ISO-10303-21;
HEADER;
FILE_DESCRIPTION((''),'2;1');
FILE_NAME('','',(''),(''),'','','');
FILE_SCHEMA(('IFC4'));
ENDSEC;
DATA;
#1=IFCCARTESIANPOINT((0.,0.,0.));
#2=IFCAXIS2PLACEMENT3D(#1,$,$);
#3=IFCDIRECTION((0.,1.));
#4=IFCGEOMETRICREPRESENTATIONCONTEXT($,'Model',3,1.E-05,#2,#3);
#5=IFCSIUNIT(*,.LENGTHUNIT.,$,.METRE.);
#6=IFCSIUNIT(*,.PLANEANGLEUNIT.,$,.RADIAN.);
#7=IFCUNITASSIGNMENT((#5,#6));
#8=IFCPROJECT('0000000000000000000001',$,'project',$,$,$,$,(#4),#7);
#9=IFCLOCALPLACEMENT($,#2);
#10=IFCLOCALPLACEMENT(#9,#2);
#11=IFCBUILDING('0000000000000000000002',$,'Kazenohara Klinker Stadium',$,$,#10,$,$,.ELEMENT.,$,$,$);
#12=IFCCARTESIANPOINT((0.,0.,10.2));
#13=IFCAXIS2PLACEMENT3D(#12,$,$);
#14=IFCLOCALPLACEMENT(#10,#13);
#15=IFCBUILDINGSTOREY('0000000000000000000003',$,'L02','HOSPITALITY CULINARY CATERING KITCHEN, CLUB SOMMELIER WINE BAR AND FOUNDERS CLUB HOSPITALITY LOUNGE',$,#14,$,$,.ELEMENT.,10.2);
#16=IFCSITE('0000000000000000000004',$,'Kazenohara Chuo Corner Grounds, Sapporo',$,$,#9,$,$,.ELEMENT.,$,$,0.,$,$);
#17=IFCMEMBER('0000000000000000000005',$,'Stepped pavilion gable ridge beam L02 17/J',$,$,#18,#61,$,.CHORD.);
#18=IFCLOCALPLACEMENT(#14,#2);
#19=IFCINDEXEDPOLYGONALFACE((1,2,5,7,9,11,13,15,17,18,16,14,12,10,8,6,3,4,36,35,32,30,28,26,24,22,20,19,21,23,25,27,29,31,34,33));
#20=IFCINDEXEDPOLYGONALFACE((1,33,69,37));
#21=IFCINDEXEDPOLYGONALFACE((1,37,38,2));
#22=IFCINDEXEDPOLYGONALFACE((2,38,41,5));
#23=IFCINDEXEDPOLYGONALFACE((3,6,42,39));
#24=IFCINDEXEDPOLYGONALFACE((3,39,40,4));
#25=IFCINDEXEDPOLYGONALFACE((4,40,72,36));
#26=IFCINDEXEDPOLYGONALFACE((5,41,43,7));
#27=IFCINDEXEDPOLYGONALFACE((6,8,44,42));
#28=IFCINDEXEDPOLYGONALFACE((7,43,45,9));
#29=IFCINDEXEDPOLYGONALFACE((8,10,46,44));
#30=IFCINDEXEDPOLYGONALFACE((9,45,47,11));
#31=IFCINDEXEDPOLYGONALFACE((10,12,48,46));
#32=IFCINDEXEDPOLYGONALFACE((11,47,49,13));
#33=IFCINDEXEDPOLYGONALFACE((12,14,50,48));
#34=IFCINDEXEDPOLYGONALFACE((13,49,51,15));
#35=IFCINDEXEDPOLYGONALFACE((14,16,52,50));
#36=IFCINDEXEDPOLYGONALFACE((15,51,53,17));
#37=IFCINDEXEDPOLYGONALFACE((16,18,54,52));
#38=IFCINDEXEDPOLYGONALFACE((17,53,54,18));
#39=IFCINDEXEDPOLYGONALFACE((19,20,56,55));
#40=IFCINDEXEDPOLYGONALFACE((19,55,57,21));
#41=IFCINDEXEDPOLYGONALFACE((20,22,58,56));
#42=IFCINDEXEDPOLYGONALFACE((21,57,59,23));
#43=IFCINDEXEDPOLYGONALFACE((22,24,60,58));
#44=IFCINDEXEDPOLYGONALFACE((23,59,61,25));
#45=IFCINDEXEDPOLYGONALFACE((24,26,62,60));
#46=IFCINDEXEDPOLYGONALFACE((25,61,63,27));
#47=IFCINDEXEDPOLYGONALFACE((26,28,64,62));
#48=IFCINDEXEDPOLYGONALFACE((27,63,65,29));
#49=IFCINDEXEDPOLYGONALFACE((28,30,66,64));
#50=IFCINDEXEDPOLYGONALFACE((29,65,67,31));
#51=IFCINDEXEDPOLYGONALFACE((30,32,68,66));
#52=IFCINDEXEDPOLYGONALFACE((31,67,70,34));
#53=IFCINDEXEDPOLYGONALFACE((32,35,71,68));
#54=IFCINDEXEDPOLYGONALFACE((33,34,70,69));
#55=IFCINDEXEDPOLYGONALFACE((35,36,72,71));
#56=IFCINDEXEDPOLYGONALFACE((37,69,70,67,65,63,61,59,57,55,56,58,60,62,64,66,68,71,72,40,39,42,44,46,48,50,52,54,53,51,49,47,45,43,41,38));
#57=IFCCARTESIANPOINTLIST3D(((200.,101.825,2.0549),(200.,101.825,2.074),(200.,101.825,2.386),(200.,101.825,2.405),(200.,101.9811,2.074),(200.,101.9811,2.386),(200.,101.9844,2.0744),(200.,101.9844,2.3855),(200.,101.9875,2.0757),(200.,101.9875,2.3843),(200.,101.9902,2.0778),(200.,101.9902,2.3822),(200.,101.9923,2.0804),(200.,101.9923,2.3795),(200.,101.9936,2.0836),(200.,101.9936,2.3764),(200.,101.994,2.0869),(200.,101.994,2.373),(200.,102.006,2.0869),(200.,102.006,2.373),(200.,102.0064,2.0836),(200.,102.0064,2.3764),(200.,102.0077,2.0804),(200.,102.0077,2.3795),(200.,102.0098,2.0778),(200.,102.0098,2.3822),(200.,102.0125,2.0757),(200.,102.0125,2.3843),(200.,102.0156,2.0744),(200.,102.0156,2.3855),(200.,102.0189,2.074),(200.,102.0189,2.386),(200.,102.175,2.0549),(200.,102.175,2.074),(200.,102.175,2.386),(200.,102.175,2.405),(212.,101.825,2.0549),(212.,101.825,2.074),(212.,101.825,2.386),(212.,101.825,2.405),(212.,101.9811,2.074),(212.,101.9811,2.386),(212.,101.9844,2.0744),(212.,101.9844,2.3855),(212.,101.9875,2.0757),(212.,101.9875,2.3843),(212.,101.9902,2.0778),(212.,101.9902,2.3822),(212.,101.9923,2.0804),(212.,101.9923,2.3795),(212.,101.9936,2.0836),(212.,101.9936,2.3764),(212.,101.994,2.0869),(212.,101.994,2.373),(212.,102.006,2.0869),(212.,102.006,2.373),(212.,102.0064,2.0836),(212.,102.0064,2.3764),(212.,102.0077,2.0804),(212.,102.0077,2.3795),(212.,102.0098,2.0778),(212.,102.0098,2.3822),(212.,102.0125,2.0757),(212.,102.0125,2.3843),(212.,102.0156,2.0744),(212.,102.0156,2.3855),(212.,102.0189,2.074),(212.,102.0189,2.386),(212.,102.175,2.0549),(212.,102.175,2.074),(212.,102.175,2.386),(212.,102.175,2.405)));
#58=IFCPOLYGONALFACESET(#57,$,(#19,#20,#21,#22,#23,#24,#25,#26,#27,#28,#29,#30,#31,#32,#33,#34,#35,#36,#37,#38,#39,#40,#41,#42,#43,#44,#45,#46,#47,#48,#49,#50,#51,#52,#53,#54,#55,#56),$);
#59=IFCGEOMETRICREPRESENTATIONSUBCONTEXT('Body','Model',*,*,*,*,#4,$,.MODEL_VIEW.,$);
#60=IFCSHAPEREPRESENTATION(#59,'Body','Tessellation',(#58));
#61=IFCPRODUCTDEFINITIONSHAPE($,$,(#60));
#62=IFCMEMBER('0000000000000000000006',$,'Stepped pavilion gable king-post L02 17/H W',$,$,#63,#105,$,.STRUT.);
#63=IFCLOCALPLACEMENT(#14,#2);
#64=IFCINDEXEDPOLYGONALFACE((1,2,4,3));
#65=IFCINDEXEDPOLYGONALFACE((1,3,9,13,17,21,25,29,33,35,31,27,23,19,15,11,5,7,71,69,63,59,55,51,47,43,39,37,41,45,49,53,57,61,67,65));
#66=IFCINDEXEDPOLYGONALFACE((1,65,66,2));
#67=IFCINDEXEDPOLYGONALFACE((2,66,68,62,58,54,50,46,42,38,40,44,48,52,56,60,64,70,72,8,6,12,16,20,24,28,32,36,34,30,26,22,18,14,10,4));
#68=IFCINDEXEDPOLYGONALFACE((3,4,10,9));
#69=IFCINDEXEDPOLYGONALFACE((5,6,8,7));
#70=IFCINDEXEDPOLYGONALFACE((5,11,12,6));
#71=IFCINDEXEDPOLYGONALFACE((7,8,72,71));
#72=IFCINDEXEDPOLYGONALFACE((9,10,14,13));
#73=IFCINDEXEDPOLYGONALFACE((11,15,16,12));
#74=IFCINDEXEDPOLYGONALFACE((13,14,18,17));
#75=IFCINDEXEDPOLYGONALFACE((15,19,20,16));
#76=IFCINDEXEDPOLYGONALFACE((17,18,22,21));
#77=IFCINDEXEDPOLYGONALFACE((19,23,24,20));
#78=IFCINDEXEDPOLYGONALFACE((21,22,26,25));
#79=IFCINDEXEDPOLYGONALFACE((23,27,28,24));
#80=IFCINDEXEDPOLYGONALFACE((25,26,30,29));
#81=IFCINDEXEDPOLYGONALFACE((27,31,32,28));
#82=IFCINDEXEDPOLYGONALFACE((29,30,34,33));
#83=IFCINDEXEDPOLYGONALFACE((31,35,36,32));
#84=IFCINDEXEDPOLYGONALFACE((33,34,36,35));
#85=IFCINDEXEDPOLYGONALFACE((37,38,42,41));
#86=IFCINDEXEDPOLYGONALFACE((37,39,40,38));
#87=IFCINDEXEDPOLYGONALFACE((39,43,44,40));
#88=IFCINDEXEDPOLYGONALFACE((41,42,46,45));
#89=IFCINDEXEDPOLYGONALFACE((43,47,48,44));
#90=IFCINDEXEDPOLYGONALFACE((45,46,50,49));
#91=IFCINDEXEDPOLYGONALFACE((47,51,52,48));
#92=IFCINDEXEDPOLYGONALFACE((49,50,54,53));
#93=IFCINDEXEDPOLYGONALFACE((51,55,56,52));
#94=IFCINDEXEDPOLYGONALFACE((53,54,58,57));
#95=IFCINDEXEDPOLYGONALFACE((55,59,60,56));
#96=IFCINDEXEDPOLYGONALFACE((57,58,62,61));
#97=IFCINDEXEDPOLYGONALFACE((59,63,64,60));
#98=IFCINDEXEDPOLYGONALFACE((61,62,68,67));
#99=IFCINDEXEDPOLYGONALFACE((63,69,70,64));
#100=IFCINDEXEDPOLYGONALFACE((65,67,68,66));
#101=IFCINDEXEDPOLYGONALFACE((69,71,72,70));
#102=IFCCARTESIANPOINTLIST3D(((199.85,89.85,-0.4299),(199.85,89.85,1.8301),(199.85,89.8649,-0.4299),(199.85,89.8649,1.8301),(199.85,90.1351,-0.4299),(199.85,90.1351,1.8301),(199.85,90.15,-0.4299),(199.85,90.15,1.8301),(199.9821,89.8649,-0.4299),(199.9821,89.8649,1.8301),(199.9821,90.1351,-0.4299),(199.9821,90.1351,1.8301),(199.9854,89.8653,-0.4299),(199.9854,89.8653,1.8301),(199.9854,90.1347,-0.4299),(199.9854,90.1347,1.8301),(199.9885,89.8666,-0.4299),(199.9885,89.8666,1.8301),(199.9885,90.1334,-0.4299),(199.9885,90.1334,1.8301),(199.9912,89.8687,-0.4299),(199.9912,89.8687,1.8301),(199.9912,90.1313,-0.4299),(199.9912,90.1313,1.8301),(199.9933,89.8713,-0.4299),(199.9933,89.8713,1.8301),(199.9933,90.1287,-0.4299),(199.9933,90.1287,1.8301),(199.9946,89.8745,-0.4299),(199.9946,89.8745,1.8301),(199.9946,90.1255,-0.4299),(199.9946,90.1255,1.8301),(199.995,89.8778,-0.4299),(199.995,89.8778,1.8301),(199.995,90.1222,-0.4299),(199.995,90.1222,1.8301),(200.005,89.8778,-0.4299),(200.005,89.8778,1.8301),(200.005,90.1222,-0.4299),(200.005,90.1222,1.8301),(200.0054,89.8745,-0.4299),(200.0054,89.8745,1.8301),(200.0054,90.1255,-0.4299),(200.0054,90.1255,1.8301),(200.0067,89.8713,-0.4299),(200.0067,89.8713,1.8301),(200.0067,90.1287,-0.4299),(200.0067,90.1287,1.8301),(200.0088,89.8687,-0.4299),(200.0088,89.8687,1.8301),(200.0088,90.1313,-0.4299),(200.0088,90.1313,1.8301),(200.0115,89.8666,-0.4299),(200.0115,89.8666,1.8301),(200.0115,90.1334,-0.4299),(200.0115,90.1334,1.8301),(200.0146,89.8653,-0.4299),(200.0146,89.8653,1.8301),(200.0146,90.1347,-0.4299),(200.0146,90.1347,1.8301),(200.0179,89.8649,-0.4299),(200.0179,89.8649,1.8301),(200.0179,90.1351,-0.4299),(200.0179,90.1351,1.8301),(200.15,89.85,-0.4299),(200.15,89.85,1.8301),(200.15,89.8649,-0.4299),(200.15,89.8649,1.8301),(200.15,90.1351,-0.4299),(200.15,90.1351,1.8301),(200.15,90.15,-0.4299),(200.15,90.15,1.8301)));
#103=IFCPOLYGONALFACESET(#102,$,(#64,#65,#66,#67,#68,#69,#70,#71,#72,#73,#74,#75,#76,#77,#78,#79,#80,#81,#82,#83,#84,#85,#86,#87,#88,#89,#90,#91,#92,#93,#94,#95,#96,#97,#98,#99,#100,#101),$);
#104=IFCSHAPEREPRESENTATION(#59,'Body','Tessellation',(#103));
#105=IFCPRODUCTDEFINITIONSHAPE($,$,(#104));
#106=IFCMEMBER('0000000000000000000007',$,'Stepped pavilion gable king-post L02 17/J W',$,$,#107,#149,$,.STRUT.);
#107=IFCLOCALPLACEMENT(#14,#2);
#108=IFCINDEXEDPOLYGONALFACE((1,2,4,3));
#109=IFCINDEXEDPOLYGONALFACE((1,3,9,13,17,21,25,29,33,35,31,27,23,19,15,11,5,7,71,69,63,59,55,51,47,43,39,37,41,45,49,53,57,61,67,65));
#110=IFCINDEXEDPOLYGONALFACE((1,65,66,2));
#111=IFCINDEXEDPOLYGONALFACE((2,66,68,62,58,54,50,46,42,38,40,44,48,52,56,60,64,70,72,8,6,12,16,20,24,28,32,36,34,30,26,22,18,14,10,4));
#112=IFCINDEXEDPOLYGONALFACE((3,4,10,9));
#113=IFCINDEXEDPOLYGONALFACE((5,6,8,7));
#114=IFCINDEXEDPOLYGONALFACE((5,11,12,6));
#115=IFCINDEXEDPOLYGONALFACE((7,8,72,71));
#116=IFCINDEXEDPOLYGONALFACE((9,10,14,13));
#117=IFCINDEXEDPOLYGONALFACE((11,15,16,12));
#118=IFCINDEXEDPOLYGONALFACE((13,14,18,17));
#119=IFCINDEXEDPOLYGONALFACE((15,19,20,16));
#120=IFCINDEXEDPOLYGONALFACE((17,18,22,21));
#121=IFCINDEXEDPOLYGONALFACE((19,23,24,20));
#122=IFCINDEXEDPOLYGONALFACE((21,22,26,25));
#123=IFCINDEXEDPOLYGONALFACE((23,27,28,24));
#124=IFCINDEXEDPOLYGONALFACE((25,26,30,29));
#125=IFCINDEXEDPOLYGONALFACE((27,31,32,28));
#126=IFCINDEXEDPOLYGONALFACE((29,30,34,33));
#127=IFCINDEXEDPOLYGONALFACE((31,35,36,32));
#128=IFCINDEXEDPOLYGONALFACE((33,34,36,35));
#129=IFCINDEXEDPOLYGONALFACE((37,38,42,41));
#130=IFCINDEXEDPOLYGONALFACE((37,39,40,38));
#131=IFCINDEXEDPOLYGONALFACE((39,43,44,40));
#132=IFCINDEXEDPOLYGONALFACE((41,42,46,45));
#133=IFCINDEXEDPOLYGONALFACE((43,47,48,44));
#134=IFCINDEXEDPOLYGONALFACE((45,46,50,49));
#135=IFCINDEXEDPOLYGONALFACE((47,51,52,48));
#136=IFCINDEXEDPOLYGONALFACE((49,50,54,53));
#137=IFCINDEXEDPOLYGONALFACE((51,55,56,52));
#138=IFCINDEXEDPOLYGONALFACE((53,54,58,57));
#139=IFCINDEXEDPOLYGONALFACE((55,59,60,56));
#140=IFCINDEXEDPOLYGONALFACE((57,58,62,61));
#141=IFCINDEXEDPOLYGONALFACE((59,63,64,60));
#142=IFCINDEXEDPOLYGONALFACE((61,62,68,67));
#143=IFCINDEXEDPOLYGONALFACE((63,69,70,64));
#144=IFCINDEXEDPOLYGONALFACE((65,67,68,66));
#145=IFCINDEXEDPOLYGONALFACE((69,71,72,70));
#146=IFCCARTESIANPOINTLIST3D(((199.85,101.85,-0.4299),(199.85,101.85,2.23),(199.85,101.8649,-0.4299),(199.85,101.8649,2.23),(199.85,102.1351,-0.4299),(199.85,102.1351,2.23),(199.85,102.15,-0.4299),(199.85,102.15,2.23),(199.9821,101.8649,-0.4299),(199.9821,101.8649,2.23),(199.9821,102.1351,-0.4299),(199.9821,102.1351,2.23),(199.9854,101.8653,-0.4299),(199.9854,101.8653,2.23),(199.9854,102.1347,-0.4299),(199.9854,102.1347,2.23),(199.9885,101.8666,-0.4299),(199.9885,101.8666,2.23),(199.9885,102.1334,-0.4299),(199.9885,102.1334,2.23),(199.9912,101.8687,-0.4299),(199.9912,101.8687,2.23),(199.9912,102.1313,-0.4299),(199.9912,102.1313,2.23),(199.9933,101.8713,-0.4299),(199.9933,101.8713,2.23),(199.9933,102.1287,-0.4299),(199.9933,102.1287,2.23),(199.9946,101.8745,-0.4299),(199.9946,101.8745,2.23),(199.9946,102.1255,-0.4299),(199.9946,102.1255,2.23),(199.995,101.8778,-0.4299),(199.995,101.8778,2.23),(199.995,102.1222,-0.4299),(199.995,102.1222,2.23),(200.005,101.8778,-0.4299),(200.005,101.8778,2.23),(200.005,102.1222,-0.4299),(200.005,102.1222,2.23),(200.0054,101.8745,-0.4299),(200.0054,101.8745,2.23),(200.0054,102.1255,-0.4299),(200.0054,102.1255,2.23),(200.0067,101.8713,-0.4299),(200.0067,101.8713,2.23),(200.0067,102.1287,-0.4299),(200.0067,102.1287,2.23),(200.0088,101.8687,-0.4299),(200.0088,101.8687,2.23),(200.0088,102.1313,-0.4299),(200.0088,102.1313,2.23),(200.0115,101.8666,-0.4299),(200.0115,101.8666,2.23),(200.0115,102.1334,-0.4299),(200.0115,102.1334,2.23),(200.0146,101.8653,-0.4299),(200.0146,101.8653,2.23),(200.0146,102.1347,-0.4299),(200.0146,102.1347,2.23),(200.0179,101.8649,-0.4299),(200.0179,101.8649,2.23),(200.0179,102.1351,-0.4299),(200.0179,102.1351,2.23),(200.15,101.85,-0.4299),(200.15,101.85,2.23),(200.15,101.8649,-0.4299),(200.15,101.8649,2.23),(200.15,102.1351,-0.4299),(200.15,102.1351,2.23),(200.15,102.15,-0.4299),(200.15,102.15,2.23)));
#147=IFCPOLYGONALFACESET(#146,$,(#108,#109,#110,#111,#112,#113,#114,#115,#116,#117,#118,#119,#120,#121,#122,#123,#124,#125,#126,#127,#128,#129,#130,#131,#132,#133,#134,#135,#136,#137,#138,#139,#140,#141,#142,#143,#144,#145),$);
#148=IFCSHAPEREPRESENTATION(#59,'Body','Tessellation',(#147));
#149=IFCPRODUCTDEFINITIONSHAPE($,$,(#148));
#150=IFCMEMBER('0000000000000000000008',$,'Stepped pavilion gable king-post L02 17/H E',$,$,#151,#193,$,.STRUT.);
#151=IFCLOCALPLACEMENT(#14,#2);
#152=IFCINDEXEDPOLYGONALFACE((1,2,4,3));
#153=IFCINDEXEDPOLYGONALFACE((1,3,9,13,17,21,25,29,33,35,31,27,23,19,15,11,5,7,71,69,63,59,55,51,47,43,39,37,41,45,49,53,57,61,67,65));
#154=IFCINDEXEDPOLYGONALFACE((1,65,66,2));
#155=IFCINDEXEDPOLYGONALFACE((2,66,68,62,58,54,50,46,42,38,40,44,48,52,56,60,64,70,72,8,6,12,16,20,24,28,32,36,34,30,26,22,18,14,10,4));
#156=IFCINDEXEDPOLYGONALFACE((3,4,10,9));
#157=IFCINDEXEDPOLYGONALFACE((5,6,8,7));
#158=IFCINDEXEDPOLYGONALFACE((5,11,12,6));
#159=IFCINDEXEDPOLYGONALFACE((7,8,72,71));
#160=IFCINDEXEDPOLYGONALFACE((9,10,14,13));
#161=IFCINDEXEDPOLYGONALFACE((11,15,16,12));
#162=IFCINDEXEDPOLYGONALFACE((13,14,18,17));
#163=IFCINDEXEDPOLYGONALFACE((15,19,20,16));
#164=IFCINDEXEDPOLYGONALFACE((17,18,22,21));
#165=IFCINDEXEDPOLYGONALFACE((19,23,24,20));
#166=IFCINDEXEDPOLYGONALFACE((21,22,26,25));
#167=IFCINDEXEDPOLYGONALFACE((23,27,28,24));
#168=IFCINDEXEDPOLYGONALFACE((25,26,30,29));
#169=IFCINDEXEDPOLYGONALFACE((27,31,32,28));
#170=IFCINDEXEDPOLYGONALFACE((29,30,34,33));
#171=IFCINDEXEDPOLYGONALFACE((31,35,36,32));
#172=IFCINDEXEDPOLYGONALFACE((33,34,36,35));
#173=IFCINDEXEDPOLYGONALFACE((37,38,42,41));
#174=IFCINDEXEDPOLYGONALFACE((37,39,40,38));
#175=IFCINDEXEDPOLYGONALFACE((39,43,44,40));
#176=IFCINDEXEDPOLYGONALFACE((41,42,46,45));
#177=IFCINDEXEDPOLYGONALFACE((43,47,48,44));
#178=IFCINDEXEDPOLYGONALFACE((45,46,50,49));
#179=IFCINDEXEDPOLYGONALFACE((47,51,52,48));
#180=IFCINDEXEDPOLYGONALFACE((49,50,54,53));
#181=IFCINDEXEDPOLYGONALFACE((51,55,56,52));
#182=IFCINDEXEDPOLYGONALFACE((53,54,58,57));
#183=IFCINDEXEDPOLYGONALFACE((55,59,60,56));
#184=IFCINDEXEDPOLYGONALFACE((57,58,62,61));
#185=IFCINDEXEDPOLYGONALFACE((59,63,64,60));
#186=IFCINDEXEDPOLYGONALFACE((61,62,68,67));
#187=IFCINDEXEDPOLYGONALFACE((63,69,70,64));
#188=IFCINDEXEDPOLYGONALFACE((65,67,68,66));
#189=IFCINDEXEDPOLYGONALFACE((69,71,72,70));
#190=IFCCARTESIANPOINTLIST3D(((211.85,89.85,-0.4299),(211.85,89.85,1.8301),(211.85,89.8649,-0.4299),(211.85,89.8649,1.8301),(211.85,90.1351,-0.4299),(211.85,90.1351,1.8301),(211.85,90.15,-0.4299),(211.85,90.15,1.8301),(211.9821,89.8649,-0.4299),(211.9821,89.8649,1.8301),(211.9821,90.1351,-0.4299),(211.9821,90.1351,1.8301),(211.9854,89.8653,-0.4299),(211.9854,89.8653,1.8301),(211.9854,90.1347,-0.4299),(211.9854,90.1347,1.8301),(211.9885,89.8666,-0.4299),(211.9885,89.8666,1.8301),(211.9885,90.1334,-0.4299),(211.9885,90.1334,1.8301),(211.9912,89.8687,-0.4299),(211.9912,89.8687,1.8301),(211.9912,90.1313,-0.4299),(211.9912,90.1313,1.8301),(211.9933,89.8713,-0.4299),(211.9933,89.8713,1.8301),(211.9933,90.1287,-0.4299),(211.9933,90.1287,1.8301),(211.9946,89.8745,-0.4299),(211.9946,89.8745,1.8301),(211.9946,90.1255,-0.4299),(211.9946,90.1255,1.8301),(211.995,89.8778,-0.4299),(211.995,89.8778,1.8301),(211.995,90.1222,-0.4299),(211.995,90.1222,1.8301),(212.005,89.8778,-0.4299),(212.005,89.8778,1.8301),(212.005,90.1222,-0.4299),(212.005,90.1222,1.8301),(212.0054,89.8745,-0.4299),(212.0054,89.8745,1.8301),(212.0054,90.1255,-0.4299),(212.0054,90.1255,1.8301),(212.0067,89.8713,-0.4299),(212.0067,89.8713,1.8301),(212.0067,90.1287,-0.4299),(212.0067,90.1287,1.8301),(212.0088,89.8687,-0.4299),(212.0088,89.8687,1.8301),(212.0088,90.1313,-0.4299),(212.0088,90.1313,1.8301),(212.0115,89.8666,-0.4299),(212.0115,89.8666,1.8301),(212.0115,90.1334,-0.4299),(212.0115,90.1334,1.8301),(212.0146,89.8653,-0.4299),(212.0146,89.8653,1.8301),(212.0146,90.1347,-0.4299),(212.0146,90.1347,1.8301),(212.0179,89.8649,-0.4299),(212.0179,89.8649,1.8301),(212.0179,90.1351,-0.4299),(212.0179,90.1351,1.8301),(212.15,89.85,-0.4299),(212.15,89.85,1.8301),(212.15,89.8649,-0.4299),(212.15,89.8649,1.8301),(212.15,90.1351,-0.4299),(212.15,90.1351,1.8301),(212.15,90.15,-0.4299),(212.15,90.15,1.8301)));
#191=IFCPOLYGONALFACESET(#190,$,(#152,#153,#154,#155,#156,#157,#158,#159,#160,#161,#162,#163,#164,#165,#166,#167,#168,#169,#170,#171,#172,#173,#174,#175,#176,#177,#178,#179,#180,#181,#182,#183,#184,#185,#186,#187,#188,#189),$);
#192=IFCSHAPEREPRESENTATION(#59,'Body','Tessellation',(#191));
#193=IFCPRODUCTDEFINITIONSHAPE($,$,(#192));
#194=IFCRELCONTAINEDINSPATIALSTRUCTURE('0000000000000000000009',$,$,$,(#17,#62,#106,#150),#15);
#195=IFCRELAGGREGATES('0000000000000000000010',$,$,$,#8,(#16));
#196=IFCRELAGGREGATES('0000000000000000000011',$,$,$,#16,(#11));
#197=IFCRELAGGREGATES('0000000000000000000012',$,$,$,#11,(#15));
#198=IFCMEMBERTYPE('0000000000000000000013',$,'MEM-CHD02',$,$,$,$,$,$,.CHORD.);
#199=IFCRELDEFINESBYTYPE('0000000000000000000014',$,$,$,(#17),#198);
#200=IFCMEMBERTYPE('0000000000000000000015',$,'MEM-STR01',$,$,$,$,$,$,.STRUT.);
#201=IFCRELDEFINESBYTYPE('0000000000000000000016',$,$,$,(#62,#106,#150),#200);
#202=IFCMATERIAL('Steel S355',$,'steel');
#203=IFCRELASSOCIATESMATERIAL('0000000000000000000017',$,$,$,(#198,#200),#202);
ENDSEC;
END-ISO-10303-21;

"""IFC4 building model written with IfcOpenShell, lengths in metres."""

from ifc_helpers import new_model, si_unit, direction, frame, origin, origin_2d, place, context, subcontext, project, spatial, i_section, extrude, material, material_profile, profile_set, type_object, element, save


model = new_model("IFC4")

# Units and contexts
model_context = context("Model", 3, precision=1e-05, world=origin(), true_north=direction((0.0, 1.0)))
body_context = subcontext(model_context, "Body", "Model", "MODEL_VIEW")
ifc_project = project(units=[si_unit("LENGTHUNIT", "METRE"), si_unit("PLANEANGLEUNIT", "RADIAN")], contexts=[model_context])

# Site, building, storey
site_placement = place(None, origin())
site = spatial("IfcSite", under=ifc_project, at=site_placement, Name="Kazenohara Chuo Corner Grounds, Sapporo", CompositionType="ELEMENT", RefElevation=0.0)
building_placement = place(site_placement, origin())
building = spatial("IfcBuilding", under=site, at=building_placement, Name="Kazenohara Klinker Stadium", CompositionType="ELEMENT")
storey_placement = place(building_placement, frame((0.0, 0.0, 10.2)))
storey = spatial("IfcBuildingStorey", under=building, at=storey_placement, Name="L02", Description="HOSPITALITY CULINARY CATERING KITCHEN, CLUB SOMMELIER WINE BAR AND FOUNDERS CLUB HOSPITALITY LOUNGE", CompositionType="ELEMENT", Elevation=10.2)

# Shared definitions
ifc_material_1 = material(Name="Steel S355", Category="steel")

# Members
ifc_material_profile_1 = material_profile(ifc_material_1, i_section(OverallWidth=0.3501, OverallDepth=0.3501, WebThickness=0.012, FlangeThickness=0.019, FilletRadius=0.0129, at=origin_2d()), Name="H-350x350x12x19")
ifc_profile_set_1 = profile_set([ifc_material_profile_1], Name="Steel S355")
member_type_1 = type_object("IfcMemberType", Name="MEM-CHD02", PredefinedType="CHORD", material=ifc_profile_set_1)
for number, where, z_axis, x_axis, name in (
    (1, (200.0, 102.0, 2.23), (1.0, 0.0, 0.0), (0.0, 1.0, 0.0), "Stepped pavilion gable ridge beam L02 17/J"),
):
    element("IfcMember", number, at=place(storey_placement, frame(where, z_axis=z_axis, x_axis=x_axis)), inside=storey, type_object=member_type_1, Name=name, PredefinedType="CHORD", context=body_context, shape_type="SweptSolid", body=[
        extrude(i_section(OverallWidth=0.3501, OverallDepth=0.3501, WebThickness=0.012, FlangeThickness=0.019, FilletRadius=0.0129, at=origin_2d()), origin(), (0.0, 0.0, 1.0), 12.0),
    ])
ifc_material_profile_2 = material_profile(ifc_material_1, i_section(OverallWidth=0.3, OverallDepth=0.3, WebThickness=0.01, FlangeThickness=0.0149, FilletRadius=0.0129, at=origin_2d()), Name="H-300x300x10x15")
ifc_profile_set_2 = profile_set([ifc_material_profile_2], Name="Steel S355")
member_type_2 = type_object("IfcMemberType", Name="MEM-STR01", PredefinedType="STRUT", material=ifc_profile_set_2)
member_1_placement = place(storey_placement, frame((200.0, 90.0, -0.4299), z_axis=(0.0, 0.0, 1.0), x_axis=(1.0, 0.0, 0.0)))
element("IfcMember", 2, at=member_1_placement, inside=storey, type_object=member_type_2, Name="Stepped pavilion gable king-post L02 17/H W", PredefinedType="STRUT", context=body_context, shape_type="SweptSolid", body=[
    extrude(i_section(OverallWidth=0.3, OverallDepth=0.3, WebThickness=0.01, FlangeThickness=0.0149, FilletRadius=0.0129, at=origin_2d()), origin(), (0.0, 0.0, 1.0), 2.26),
])
member_2_placement = place(storey_placement, frame((200.0, 102.0, -0.4299), z_axis=(0.0, 0.0, 1.0), x_axis=(1.0, 0.0, 0.0)))
element("IfcMember", 3, at=member_2_placement, inside=storey, type_object=member_type_2, Name="Stepped pavilion gable king-post L02 17/J W", PredefinedType="STRUT", context=body_context, shape_type="SweptSolid", body=[
    extrude(i_section(OverallWidth=0.3, OverallDepth=0.3, WebThickness=0.01, FlangeThickness=0.0149, FilletRadius=0.0129, at=origin_2d()), origin(), (0.0, 0.0, 1.0), 2.6599),
])
member_3_placement = place(storey_placement, frame((212.0, 90.0, -0.4299), z_axis=(0.0, 0.0, 1.0), x_axis=(1.0, 0.0, 0.0)))
element("IfcMember", 4, at=member_3_placement, inside=storey, type_object=member_type_2, Name="Stepped pavilion gable king-post L02 17/H E", PredefinedType="STRUT", context=body_context, shape_type="SweptSolid", body=[
    extrude(i_section(OverallWidth=0.3, OverallDepth=0.3, WebThickness=0.01, FlangeThickness=0.0149, FilletRadius=0.0129, at=origin_2d()), origin(), (0.0, 0.0, 1.0), 2.26),
])

save(model, "model.ifc")
